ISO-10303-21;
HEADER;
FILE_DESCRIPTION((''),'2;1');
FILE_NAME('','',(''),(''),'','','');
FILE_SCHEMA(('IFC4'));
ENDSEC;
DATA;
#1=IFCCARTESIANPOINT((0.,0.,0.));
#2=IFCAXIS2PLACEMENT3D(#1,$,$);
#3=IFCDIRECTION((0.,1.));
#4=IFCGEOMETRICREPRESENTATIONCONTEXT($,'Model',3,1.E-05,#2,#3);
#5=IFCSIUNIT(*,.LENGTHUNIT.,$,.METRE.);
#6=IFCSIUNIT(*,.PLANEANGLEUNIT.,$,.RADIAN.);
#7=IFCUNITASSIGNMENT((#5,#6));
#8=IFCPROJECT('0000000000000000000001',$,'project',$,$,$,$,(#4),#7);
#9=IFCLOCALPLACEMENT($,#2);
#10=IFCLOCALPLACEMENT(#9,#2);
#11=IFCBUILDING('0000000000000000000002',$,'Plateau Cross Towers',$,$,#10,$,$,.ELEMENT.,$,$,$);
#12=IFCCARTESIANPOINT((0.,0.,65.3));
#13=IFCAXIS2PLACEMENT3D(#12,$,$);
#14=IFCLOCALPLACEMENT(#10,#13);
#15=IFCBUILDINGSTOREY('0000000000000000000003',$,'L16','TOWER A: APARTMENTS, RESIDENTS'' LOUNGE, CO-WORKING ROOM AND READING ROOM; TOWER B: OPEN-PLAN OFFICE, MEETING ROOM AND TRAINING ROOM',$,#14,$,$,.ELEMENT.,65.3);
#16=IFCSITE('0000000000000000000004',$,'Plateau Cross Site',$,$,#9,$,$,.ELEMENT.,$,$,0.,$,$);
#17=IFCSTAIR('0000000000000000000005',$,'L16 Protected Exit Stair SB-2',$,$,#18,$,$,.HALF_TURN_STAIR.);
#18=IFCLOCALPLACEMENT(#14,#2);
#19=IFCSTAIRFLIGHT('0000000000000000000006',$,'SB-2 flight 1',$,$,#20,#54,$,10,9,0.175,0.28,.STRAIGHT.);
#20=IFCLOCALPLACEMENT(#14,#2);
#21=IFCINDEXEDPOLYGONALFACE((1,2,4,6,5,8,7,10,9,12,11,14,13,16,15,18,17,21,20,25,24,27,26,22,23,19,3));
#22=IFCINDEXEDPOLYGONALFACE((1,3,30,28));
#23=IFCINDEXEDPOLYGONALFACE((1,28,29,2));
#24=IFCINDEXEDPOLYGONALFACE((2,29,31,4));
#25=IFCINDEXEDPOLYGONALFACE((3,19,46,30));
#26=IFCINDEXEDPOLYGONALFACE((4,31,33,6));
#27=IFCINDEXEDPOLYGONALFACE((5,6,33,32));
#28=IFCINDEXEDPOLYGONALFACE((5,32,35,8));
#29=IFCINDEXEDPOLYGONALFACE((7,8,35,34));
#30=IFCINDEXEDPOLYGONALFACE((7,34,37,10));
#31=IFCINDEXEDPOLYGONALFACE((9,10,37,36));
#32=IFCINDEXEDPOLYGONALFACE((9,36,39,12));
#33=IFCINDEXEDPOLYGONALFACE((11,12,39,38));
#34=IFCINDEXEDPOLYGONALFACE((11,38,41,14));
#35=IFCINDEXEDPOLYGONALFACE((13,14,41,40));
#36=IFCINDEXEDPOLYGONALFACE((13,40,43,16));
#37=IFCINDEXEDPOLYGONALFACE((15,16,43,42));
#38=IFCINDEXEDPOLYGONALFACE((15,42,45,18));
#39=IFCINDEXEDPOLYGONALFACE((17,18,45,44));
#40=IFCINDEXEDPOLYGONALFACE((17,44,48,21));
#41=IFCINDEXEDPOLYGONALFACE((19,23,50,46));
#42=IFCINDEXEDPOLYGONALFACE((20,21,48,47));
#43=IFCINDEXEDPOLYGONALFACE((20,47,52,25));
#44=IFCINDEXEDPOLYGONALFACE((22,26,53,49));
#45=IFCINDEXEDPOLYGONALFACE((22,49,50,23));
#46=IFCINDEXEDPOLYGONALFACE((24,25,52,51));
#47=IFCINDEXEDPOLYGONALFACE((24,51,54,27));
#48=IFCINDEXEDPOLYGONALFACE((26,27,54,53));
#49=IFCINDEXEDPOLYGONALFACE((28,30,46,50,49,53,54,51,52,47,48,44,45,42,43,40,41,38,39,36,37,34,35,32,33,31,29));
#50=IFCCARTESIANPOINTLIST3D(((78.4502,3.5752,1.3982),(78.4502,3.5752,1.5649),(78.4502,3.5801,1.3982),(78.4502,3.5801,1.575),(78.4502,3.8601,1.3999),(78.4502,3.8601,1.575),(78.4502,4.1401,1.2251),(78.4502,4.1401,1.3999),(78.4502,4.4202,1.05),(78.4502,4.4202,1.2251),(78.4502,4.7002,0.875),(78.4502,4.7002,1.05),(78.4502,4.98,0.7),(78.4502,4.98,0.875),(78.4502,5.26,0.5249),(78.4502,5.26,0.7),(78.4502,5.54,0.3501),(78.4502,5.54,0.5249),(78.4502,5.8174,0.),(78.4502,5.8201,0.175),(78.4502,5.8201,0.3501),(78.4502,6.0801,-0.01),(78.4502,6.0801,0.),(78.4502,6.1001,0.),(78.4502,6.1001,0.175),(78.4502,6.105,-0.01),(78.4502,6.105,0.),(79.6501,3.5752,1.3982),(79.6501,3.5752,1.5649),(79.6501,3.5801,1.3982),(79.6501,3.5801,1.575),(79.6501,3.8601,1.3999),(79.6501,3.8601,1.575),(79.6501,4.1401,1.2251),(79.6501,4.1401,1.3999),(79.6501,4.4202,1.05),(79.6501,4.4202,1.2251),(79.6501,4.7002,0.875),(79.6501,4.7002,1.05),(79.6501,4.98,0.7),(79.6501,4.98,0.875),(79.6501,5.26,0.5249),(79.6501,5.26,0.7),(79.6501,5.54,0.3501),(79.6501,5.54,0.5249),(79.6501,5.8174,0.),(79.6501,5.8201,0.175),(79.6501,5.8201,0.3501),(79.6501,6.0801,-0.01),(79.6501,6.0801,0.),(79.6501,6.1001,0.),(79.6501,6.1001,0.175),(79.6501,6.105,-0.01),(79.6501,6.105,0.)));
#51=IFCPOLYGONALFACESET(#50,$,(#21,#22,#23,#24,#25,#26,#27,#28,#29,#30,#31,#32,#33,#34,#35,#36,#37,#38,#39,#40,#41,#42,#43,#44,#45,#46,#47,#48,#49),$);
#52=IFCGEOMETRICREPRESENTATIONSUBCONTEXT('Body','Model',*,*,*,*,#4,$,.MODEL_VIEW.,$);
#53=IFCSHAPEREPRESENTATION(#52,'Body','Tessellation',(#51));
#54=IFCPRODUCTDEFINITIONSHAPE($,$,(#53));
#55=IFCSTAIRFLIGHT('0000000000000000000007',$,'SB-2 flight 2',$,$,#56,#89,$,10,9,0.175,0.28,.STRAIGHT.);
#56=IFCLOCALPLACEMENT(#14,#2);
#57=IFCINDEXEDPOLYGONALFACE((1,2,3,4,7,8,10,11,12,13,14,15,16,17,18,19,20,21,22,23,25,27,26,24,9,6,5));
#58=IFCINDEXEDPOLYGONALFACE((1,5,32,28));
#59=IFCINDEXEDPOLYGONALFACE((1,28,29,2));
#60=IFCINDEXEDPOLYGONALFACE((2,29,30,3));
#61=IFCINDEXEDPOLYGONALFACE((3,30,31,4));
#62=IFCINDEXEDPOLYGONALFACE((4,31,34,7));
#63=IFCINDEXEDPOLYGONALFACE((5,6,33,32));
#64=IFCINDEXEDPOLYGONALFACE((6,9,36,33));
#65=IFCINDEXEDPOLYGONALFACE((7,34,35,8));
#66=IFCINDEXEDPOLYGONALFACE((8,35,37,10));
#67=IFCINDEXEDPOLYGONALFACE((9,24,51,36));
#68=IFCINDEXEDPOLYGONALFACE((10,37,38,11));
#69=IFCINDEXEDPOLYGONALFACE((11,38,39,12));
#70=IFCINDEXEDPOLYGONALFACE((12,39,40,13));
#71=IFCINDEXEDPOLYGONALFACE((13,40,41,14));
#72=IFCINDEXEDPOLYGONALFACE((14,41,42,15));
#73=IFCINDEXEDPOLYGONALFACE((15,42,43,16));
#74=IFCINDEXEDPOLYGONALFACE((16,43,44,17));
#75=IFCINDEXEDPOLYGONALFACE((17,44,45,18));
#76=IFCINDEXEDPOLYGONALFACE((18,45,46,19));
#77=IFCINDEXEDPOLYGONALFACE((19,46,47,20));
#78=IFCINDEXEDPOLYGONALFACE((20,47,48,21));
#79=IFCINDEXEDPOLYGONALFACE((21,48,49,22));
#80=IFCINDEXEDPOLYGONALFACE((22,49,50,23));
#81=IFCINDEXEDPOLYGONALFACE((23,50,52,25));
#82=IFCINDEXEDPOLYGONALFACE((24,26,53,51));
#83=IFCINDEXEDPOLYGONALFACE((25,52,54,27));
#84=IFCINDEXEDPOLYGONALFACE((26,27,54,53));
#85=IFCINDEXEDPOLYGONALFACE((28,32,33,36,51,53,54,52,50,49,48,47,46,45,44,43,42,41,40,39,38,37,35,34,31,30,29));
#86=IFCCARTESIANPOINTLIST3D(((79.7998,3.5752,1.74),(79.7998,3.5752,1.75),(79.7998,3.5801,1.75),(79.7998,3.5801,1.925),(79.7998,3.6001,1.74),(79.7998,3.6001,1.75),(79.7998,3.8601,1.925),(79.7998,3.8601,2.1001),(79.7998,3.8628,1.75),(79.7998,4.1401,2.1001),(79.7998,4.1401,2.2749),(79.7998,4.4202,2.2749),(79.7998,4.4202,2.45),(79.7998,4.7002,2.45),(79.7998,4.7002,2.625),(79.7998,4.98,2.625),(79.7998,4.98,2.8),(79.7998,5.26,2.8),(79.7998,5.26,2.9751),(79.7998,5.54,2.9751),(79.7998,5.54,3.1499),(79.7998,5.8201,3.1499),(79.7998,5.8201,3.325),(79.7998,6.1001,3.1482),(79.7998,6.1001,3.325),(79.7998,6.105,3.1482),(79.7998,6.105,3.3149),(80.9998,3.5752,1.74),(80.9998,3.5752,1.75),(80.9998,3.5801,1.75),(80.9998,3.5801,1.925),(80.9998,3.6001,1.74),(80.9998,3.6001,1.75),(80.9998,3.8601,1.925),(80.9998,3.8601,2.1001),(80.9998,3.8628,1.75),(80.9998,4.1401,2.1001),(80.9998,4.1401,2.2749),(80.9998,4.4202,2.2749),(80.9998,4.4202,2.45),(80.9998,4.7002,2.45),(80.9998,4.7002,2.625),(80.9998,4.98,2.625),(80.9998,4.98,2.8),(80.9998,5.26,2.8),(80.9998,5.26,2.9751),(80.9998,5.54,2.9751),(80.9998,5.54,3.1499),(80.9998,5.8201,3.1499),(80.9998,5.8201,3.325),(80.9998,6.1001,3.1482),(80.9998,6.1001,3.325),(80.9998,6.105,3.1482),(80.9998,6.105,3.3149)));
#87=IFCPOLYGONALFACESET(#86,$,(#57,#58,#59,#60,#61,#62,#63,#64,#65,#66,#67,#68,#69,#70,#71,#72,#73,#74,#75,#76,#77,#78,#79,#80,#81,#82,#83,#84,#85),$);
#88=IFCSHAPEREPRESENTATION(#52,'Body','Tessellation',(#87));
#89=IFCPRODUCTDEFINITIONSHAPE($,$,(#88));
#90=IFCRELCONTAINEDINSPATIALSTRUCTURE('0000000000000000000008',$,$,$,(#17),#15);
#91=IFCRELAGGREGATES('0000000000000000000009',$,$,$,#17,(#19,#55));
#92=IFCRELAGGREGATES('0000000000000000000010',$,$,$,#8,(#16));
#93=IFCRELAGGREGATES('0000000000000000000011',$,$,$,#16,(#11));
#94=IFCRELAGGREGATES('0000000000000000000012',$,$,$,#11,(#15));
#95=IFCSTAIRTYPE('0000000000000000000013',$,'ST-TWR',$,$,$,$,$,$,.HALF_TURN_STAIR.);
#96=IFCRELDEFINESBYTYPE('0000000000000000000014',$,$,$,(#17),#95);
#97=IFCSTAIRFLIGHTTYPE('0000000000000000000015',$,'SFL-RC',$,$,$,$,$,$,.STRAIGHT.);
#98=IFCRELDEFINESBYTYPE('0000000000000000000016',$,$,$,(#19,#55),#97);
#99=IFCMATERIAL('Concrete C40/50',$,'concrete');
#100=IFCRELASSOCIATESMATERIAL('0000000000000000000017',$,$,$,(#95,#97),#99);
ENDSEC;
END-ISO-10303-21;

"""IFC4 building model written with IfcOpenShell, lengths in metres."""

from ifc_helpers import new_model, si_unit, direction, frame, origin, place, context, subcontext, project, spatial, polyline, outline, extrude, material, type_object, element, aggregate, save


model = new_model("IFC4")

# Units and contexts
model_context = context("Model", 3, precision=1e-05, world=origin(), true_north=direction((0.0, 1.0)))
body_context = subcontext(model_context, "Body", "Model", "MODEL_VIEW")
ifc_project = project(units=[si_unit("LENGTHUNIT", "METRE"), si_unit("PLANEANGLEUNIT", "RADIAN")], contexts=[model_context])

# Site, building, storey
site_placement = place(None, origin())
site = spatial("IfcSite", under=ifc_project, at=site_placement, Name="Plateau Cross Site", CompositionType="ELEMENT", RefElevation=0.0)
building_placement = place(site_placement, origin())
building = spatial("IfcBuilding", under=site, at=building_placement, Name="Plateau Cross Towers", CompositionType="ELEMENT")
storey_placement = place(building_placement, frame((0.0, 0.0, 65.3)))
storey = spatial("IfcBuildingStorey", under=building, at=storey_placement, Name="L16", Description="TOWER A: APARTMENTS, RESIDENTS' LOUNGE, CO-WORKING ROOM AND READING ROOM; TOWER B: OPEN-PLAN OFFICE, MEETING ROOM AND TRAINING ROOM", CompositionType="ELEMENT", Elevation=65.3)

# Stair, stair flights
ifc_material_1 = material(Name="Concrete C40/50", Category="concrete")
stair_type = type_object("IfcStairType", Name="ST-TWR", PredefinedType="HALF_TURN_STAIR", material=ifc_material_1)
stair_flight_type = type_object("IfcStairFlightType", Name="SFL-RC", PredefinedType="STRAIGHT", material=ifc_material_1)
stair_1_placement = place(storey_placement, origin())
stair_1 = element("IfcStair", 1, at=stair_1_placement, inside=storey, type_object=stair_type, Name="L16 Protected Exit Stair SB-2", PredefinedType="HALF_TURN_STAIR")
stair_flight_1_placement = place(storey_placement, frame((79.05, 6.1001, 0.0), z_axis=(0.0, 0.0, 1.0), x_axis=(0.0, -1.0, 0.0)))
stair_flight_1 = element("IfcStairFlight", 2, at=stair_flight_1_placement, type_object=stair_flight_type, Name="SB-2 flight 1", NumberOfRisers=10, NumberOfTreads=9, PredefinedType="STRAIGHT", RiserHeight=0.175, TreadLength=0.28, context=body_context, shape_type="SweptSolid", body=[
    extrude(outline(polyline([(-0.0049, -0.01), (-0.0049, 0.0), (0.0, 0.0), (0.0, 0.175), (0.28, 0.175), (0.28, 0.3501), (0.5601, 0.3501), (0.5601, 0.5249), (0.8401, 0.5249), (0.8401, 0.7), (1.1201, 0.7), (1.1201, 0.875), (1.3999, 0.875), (1.3999, 1.05), (1.6799, 1.05), (1.6799, 1.2251), (1.96, 1.2251), (1.96, 1.3999), (2.24, 1.3999), (2.24, 1.575), (2.52, 1.575), (2.5249, 1.5649), (2.5249, 1.3982), (2.52, 1.3982), (0.2827, 0.0), (0.02, 0.0), (0.02, -0.01), (-0.0049, -0.01)])), frame((0.0, 0.6001, 0.0), z_axis=(0.0, -1.0, 0.0), x_axis=(1.0, 0.0, 0.0)), (0.0, 0.0, 1.0), 1.2),
])
stair_flight_2_placement = place(storey_placement, frame((80.3999, 3.5801, 1.75), z_axis=(0.0, 0.0, 1.0), x_axis=(0.0, 1.0, 0.0)))
stair_flight_2 = element("IfcStairFlight", 3, at=stair_flight_2_placement, type_object=stair_flight_type, Name="SB-2 flight 2", NumberOfRisers=10, NumberOfTreads=9, PredefinedType="STRAIGHT", RiserHeight=0.175, TreadLength=0.28, context=body_context, shape_type="SweptSolid", body=[
    extrude(outline(polyline([(-0.0049, -0.01), (-0.0049, 0.0), (0.0, 0.0), (0.0, 0.175), (0.28, 0.175), (0.28, 0.3501), (0.5601, 0.3501), (0.5601, 0.5249), (0.8401, 0.5249), (0.8401, 0.7), (1.1201, 0.7), (1.1201, 0.875), (1.3999, 0.875), (1.3999, 1.05), (1.6799, 1.05), (1.6799, 1.2251), (1.96, 1.2251), (1.96, 1.3999), (2.24, 1.3999), (2.24, 1.575), (2.52, 1.575), (2.5249, 1.5649), (2.5249, 1.3982), (2.52, 1.3982), (0.2827, 0.0), (0.02, 0.0), (0.02, -0.01), (-0.0049, -0.01)])), frame((0.0, 0.6001, 0.0), z_axis=(0.0, -1.0, 0.0), x_axis=(1.0, 0.0, 0.0)), (0.0, 0.0, 1.0), 1.2),
])
aggregate(stair_1, [stair_flight_1, stair_flight_2])

save(model, "model.ifc")
